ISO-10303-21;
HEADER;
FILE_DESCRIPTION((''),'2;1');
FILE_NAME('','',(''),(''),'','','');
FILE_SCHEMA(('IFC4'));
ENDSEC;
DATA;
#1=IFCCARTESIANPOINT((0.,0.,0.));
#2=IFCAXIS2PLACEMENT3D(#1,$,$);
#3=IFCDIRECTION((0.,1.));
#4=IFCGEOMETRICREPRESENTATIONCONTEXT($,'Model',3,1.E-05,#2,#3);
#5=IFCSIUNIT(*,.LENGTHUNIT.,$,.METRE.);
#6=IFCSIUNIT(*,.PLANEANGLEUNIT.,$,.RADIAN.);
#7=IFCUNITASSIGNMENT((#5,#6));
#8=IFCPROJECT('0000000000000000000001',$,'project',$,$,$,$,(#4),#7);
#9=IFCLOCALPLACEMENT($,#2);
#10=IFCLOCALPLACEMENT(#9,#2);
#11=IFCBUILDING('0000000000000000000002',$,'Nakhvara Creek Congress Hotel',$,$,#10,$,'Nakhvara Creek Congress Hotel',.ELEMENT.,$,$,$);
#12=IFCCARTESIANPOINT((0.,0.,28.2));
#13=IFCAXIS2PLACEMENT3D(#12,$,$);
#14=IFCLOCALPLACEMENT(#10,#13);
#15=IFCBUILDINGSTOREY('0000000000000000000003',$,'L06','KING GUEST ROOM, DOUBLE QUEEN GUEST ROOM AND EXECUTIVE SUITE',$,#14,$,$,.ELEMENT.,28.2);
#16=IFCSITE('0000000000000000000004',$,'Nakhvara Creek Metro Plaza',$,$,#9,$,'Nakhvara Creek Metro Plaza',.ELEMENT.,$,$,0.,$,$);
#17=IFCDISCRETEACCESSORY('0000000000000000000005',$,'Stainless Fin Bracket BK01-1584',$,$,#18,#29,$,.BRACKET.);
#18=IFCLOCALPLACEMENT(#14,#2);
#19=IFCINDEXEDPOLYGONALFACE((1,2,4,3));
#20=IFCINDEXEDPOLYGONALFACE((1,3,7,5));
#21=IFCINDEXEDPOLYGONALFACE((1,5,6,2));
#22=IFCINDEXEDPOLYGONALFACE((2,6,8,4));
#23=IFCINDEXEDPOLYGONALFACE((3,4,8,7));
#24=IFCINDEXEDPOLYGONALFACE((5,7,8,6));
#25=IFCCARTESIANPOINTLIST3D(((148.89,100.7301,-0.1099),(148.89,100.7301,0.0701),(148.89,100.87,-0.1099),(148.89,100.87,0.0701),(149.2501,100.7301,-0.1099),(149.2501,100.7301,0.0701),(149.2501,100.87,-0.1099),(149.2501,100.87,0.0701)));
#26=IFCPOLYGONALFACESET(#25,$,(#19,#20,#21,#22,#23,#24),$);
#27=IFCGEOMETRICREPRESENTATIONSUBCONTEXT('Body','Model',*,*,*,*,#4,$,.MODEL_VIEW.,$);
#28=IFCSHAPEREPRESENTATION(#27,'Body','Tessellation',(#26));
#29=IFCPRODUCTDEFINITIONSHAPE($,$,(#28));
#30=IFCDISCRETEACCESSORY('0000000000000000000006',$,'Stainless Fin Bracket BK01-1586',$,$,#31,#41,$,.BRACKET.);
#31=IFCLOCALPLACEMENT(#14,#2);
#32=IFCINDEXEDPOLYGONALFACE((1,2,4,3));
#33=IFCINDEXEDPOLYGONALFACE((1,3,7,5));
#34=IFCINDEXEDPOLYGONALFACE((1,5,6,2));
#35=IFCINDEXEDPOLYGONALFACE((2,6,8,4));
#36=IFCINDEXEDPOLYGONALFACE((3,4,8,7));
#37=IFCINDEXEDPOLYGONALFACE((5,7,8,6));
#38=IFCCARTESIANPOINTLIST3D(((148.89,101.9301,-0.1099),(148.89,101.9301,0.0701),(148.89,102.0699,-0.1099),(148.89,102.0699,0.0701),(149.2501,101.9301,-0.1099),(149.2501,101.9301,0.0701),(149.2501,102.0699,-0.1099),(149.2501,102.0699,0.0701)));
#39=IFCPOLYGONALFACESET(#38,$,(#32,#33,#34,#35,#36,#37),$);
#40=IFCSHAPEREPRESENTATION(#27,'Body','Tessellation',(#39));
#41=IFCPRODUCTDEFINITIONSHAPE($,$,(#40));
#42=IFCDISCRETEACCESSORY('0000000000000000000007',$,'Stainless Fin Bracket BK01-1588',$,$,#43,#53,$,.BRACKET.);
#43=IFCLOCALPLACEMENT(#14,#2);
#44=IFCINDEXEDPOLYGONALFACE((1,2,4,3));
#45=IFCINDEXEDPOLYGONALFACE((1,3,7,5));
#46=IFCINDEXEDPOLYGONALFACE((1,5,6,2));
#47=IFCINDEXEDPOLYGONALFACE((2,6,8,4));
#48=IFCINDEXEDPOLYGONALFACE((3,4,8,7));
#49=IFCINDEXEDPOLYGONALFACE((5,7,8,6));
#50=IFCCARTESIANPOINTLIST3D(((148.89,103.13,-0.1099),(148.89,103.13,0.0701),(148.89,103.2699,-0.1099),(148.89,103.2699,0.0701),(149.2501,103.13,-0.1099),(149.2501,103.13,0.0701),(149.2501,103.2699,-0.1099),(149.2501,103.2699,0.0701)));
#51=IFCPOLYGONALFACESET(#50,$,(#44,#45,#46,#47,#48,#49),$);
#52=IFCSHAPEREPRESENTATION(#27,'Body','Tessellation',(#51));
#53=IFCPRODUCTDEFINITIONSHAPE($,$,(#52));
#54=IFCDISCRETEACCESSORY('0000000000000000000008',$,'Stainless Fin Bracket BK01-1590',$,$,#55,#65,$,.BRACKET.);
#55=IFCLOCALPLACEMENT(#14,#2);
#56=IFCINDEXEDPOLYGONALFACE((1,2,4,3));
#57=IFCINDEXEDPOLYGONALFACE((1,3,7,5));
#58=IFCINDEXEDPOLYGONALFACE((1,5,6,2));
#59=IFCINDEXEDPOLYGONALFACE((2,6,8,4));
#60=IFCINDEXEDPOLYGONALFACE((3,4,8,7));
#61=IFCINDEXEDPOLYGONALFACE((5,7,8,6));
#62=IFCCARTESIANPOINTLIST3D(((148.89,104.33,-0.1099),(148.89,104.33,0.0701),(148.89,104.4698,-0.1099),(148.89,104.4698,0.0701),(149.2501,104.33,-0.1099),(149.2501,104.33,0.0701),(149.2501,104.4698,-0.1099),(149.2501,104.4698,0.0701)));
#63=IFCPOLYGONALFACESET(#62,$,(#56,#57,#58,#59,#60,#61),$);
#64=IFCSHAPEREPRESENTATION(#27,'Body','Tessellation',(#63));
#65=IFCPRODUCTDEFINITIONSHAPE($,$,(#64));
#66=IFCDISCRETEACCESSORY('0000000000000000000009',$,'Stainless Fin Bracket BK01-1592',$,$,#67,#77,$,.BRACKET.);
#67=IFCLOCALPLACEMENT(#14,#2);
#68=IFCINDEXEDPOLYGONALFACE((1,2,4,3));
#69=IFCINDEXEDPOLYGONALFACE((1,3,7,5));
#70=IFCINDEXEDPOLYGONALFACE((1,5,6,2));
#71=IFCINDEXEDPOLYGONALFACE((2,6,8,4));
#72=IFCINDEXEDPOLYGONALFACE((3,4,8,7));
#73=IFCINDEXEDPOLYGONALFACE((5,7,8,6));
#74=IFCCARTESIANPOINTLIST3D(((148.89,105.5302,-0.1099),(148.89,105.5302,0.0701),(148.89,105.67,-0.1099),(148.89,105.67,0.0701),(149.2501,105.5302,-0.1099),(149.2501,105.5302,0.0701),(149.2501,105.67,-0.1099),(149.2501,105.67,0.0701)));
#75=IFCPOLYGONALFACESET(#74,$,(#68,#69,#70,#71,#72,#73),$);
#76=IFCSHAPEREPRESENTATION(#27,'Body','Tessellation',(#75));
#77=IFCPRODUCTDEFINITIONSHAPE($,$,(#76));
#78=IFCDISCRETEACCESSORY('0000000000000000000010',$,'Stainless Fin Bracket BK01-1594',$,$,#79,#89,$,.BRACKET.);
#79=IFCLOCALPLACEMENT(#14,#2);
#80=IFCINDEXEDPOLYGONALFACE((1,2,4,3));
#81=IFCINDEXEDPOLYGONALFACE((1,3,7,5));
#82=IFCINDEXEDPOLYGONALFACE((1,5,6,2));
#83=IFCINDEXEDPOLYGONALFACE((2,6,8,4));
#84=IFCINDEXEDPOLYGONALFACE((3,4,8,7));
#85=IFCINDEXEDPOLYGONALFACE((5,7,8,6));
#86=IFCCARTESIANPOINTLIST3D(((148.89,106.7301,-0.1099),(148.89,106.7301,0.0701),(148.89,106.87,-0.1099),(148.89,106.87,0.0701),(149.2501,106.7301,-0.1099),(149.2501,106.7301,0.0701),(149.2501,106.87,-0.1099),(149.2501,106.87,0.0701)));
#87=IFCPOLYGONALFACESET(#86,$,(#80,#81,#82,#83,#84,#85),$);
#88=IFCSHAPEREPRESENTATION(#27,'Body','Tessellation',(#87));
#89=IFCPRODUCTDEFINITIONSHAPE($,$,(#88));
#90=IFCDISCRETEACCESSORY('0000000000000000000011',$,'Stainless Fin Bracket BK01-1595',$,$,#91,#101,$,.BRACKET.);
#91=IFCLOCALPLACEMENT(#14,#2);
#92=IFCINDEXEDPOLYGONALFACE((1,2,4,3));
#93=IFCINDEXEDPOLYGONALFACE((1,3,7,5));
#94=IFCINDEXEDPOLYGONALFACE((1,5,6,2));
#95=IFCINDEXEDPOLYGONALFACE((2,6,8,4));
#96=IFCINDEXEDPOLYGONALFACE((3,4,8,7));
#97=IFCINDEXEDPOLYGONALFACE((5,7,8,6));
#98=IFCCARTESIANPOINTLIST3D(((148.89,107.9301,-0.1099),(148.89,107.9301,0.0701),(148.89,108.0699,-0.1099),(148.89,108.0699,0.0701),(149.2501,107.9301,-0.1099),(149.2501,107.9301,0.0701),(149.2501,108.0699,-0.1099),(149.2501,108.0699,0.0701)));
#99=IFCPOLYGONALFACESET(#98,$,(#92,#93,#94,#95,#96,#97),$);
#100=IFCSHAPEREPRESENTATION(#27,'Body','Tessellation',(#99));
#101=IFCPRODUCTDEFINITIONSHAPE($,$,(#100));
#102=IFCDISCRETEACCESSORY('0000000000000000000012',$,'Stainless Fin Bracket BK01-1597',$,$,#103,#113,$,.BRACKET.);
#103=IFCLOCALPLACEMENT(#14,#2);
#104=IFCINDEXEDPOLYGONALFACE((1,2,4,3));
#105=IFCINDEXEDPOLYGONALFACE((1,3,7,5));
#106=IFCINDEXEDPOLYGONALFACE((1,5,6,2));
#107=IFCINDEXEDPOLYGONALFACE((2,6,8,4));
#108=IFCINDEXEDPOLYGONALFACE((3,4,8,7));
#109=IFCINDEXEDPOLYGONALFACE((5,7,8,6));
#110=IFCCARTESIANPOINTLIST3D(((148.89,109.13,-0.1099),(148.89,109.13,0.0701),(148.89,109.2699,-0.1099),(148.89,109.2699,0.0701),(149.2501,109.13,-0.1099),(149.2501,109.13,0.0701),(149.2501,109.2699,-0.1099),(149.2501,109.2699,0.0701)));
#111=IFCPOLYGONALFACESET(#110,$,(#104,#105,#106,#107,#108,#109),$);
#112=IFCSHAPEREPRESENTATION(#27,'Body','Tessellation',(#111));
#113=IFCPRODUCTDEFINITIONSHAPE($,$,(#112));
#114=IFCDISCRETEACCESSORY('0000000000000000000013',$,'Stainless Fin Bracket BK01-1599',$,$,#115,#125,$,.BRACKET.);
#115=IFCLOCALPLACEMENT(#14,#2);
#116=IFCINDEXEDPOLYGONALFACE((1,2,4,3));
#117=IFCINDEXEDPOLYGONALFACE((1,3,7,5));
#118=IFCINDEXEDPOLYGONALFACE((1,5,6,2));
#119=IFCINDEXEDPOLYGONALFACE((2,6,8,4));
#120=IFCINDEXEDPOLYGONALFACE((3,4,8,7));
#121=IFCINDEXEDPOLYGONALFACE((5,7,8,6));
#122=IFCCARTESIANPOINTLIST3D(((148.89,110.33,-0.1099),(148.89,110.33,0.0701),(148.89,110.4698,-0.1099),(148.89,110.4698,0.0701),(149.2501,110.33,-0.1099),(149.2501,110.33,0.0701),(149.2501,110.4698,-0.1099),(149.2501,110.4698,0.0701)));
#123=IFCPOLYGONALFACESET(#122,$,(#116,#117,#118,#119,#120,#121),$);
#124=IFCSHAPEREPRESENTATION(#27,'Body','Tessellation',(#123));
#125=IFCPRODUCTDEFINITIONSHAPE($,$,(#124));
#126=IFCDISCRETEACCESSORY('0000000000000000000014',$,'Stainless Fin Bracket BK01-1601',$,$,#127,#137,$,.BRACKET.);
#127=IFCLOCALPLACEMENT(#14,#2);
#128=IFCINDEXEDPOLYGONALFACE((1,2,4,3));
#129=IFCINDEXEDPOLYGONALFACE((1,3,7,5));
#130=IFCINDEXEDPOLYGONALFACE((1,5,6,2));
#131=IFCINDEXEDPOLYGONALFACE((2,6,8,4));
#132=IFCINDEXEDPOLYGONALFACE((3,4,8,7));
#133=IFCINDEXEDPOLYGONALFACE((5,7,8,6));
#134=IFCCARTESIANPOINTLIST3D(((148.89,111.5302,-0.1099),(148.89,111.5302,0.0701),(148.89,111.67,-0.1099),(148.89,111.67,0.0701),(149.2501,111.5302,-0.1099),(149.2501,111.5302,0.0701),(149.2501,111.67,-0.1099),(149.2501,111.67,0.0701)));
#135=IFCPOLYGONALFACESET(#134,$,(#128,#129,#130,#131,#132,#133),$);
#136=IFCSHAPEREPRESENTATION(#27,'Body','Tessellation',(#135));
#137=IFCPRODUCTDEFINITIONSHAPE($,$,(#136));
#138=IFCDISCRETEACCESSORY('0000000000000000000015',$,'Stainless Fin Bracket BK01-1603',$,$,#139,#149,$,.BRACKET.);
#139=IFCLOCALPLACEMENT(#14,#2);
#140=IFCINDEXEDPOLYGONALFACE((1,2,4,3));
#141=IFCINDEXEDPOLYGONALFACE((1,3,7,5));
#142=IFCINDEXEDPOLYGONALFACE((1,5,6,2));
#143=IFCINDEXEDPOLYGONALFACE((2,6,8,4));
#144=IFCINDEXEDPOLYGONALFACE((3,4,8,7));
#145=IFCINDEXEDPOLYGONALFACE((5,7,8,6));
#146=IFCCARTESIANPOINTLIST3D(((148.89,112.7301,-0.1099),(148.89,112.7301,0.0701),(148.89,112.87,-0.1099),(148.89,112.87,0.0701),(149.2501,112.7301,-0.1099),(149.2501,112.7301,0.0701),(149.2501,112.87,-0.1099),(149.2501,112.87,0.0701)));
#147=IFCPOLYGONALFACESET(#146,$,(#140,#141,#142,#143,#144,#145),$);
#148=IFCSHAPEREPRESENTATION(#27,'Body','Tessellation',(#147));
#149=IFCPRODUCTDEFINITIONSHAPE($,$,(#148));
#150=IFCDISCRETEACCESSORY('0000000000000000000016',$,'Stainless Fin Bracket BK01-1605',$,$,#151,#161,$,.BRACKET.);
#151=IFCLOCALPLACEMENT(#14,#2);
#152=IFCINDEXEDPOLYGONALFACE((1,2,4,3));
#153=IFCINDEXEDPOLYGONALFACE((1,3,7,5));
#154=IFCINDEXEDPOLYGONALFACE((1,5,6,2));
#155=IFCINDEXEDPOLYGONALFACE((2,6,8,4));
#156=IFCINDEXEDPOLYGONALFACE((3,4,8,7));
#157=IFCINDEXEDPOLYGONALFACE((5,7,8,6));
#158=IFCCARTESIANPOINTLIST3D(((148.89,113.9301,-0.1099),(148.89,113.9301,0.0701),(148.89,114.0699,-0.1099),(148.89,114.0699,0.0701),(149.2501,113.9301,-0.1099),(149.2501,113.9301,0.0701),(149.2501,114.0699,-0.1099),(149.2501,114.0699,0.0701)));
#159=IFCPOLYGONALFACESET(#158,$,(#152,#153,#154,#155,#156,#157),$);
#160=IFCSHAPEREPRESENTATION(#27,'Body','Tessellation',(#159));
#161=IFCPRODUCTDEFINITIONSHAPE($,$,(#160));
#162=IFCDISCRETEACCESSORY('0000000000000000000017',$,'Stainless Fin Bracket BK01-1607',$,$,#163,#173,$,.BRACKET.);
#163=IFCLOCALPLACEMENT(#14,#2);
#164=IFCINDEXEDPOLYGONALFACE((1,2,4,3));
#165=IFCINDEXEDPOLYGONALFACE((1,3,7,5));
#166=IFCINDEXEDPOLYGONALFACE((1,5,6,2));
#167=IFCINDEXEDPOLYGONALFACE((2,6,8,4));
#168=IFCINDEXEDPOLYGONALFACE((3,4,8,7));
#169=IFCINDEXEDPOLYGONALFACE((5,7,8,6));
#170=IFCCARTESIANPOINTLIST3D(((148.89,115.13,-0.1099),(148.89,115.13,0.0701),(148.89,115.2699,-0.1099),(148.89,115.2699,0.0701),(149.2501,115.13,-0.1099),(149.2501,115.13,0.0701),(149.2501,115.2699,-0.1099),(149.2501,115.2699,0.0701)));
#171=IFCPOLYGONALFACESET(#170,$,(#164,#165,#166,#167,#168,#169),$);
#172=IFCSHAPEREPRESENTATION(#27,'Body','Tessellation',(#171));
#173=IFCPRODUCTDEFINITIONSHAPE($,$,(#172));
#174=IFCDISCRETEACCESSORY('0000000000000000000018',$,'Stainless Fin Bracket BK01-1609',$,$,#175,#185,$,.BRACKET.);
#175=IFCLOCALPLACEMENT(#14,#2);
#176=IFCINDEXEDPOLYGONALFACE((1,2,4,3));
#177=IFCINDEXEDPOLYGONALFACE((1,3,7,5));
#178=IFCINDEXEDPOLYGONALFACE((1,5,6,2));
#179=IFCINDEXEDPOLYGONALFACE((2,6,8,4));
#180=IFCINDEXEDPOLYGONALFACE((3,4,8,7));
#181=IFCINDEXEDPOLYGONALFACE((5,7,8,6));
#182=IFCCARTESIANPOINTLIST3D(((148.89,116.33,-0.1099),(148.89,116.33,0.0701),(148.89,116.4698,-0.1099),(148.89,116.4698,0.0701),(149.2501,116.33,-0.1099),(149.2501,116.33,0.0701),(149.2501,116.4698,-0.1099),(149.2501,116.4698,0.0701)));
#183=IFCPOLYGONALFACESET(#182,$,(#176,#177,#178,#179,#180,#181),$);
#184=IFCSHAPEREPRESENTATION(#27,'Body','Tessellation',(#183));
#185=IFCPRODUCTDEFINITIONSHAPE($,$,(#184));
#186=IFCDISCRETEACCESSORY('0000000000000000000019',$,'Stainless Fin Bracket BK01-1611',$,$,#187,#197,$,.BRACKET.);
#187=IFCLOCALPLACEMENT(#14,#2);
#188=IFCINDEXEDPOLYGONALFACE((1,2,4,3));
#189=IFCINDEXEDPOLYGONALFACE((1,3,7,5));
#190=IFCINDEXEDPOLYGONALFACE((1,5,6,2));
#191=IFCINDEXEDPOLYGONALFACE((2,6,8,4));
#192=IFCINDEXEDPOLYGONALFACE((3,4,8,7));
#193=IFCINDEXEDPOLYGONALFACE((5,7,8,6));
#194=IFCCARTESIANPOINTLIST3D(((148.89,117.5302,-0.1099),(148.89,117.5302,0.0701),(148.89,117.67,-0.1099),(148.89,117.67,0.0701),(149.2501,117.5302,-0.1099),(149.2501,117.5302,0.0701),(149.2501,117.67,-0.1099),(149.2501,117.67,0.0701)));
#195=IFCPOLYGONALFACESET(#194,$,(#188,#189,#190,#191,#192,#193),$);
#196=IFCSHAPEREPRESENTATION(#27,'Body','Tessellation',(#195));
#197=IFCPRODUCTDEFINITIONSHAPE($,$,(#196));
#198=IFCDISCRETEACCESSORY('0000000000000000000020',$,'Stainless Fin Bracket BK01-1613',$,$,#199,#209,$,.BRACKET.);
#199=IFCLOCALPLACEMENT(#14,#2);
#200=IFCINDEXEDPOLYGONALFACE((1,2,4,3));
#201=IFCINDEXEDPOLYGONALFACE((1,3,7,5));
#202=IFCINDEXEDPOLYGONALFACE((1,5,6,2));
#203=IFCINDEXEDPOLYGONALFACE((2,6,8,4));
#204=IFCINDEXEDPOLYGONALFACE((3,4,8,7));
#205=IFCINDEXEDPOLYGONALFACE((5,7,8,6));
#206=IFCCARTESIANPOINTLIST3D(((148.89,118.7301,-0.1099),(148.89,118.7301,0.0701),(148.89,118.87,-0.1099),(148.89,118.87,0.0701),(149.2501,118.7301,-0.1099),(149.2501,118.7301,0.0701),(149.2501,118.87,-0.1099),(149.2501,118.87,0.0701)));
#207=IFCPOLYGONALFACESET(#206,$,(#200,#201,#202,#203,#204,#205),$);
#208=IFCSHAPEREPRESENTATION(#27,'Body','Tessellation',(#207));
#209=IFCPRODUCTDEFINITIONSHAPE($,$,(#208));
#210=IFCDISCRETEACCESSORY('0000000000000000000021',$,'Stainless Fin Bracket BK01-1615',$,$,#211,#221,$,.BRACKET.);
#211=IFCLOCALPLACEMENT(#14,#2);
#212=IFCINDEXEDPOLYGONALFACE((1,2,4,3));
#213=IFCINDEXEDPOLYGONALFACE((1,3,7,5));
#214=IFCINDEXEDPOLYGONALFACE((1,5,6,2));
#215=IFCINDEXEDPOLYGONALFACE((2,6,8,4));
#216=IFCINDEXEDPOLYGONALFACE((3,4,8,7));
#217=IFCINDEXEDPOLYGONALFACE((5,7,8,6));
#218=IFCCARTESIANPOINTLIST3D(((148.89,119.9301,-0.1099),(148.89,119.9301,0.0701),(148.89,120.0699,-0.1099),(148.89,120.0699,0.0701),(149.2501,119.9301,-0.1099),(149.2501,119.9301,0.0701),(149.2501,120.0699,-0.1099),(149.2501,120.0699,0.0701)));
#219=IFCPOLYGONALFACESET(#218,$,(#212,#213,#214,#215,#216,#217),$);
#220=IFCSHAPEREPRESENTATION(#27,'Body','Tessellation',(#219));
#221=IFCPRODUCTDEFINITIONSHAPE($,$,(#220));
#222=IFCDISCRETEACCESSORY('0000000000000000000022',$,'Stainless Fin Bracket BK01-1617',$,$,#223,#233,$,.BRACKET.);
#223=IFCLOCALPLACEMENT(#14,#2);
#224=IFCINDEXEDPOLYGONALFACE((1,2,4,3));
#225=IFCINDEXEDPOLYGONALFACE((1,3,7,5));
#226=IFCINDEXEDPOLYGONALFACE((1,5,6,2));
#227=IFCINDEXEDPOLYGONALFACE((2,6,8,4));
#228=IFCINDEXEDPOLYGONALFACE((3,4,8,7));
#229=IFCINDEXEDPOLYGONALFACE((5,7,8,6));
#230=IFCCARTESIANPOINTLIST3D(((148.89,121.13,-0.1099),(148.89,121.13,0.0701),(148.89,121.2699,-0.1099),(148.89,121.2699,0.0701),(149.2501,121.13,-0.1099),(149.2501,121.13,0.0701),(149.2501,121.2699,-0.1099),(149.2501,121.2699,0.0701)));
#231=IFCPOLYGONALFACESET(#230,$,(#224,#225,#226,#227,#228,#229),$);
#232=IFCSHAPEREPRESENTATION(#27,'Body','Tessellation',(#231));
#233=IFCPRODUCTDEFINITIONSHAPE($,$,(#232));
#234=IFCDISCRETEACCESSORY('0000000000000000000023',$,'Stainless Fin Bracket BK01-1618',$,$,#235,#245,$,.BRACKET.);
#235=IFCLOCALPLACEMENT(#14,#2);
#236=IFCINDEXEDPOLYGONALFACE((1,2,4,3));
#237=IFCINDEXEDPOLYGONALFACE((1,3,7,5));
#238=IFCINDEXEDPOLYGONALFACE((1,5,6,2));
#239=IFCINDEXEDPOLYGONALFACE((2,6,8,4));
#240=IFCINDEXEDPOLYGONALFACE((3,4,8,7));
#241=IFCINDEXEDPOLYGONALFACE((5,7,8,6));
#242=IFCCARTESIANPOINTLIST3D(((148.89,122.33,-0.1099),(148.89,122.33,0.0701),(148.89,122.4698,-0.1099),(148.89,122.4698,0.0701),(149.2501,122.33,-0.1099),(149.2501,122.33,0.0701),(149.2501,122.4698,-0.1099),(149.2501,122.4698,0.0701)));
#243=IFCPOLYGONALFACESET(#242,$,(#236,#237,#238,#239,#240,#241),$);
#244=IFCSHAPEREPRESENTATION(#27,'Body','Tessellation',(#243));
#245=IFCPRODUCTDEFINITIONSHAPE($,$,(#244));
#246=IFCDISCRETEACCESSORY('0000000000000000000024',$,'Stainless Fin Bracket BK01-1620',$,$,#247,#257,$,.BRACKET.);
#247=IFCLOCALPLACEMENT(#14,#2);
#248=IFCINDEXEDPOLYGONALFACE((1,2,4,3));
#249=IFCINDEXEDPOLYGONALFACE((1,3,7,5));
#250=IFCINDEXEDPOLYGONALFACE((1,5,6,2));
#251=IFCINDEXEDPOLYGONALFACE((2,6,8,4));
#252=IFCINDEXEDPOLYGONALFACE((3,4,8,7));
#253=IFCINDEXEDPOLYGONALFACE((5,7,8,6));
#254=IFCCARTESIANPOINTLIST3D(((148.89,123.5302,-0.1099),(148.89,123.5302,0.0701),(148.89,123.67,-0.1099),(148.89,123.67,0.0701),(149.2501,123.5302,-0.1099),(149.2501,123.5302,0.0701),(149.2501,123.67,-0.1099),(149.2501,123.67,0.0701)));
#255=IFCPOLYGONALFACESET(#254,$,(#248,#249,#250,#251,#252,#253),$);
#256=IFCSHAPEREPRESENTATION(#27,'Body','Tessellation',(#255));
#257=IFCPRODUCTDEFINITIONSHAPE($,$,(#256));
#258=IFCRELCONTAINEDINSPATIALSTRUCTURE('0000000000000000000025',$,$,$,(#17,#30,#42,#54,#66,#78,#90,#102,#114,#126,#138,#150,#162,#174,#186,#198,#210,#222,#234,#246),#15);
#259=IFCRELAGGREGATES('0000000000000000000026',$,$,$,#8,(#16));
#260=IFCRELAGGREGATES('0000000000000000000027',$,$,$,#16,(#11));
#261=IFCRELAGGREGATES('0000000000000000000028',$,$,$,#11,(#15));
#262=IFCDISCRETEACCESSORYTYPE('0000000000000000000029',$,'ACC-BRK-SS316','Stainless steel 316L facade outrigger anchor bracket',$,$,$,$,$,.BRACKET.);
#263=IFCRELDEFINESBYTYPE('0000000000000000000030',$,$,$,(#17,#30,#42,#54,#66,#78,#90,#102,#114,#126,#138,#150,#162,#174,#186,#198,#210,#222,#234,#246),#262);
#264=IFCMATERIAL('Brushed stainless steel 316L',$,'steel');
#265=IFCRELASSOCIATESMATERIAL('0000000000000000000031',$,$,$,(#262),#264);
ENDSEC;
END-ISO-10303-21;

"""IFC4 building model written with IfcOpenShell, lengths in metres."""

from ifc_helpers import new_model, si_unit, direction, frame, origin, origin_2d, place, context, subcontext, project, spatial, rectangle, extrude, material, type_object, element, save


model = new_model("IFC4")

# Units and contexts
model_context = context("Model", 3, precision=1e-05, world=origin(), true_north=direction((0.0, 1.0)))
body_context = subcontext(model_context, "Body", "Model", "MODEL_VIEW")
ifc_project = project(units=[si_unit("LENGTHUNIT", "METRE"), si_unit("PLANEANGLEUNIT", "RADIAN")], contexts=[model_context])

# Site, building, storey
site_placement = place(None, origin())
site = spatial("IfcSite", under=ifc_project, at=site_placement, Name="Nakhvara Creek Metro Plaza", LongName="Nakhvara Creek Metro Plaza", CompositionType="ELEMENT", RefElevation=0.0)
building_placement = place(site_placement, origin())
building = spatial("IfcBuilding", under=site, at=building_placement, Name="Nakhvara Creek Congress Hotel", LongName="Nakhvara Creek Congress Hotel", CompositionType="ELEMENT")
storey_placement = place(building_placement, frame((0.0, 0.0, 28.2)))
storey = spatial("IfcBuildingStorey", under=building, at=storey_placement, Name="L06", Description="KING GUEST ROOM, DOUBLE QUEEN GUEST ROOM AND EXECUTIVE SUITE", CompositionType="ELEMENT", Elevation=28.2)

# Discrete accessories
ifc_material = material(Name="Brushed stainless steel 316L", Category="steel")
discrete_accessory_type = type_object("IfcDiscreteAccessoryType", Name="ACC-BRK-SS316", Description="Stainless steel 316L facade outrigger anchor bracket", PredefinedType="BRACKET", material=ifc_material)
for number, where, z_axis, x_axis, name in (
    (1, (149.0701, 100.8, -0.1099), (0.0, 0.0, 1.0), (0.0, 1.0, 0.0), "Stainless Fin Bracket BK01-1584"),
    (2, (149.0701, 102.0, -0.1099), (0.0, 0.0, 1.0), (0.0, 1.0, 0.0), "Stainless Fin Bracket BK01-1586"),
    (3, (149.0701, 103.2, -0.1099), (0.0, 0.0, 1.0), (0.0, 1.0, 0.0), "Stainless Fin Bracket BK01-1588"),
    (4, (149.0701, 104.3999, -0.1099), (0.0, 0.0, 1.0), (0.0, 1.0, 0.0), "Stainless Fin Bracket BK01-1590"),
    (5, (149.0701, 105.6001, -0.1099), (0.0, 0.0, 1.0), (0.0, 1.0, 0.0), "Stainless Fin Bracket BK01-1592"),
    (6, (149.0701, 106.8, -0.1099), (0.0, 0.0, 1.0), (0.0, 1.0, 0.0), "Stainless Fin Bracket BK01-1594"),
    (7, (149.0701, 108.0, -0.1099), (0.0, 0.0, 1.0), (0.0, 1.0, 0.0), "Stainless Fin Bracket BK01-1595"),
    (8, (149.0701, 109.2, -0.1099), (0.0, 0.0, 1.0), (0.0, 1.0, 0.0), "Stainless Fin Bracket BK01-1597"),
    (9, (149.0701, 110.3999, -0.1099), (0.0, 0.0, 1.0), (0.0, 1.0, 0.0), "Stainless Fin Bracket BK01-1599"),
    (10, (149.0701, 111.6001, -0.1099), (0.0, 0.0, 1.0), (0.0, 1.0, 0.0), "Stainless Fin Bracket BK01-1601"),
    (11, (149.0701, 112.8, -0.1099), (0.0, 0.0, 1.0), (0.0, 1.0, 0.0), "Stainless Fin Bracket BK01-1603"),
    (12, (149.0701, 114.0, -0.1099), (0.0, 0.0, 1.0), (0.0, 1.0, 0.0), "Stainless Fin Bracket BK01-1605"),
    (13, (149.0701, 115.2, -0.1099), (0.0, 0.0, 1.0), (0.0, 1.0, 0.0), "Stainless Fin Bracket BK01-1607"),
    (14, (149.0701, 116.3999, -0.1099), (0.0, 0.0, 1.0), (0.0, 1.0, 0.0), "Stainless Fin Bracket BK01-1609"),
    (15, (149.0701, 117.6001, -0.1099), (0.0, 0.0, 1.0), (0.0, 1.0, 0.0), "Stainless Fin Bracket BK01-1611"),
    (16, (149.0701, 118.8, -0.1099), (0.0, 0.0, 1.0), (0.0, 1.0, 0.0), "Stainless Fin Bracket BK01-1613"),
    (17, (149.0701, 120.0, -0.1099), (0.0, 0.0, 1.0), (0.0, 1.0, 0.0), "Stainless Fin Bracket BK01-1615"),
    (18, (149.0701, 121.2, -0.1099), (0.0, 0.0, 1.0), (0.0, 1.0, 0.0), "Stainless Fin Bracket BK01-1617"),
    (19, (149.0701, 122.3999, -0.1099), (0.0, 0.0, 1.0), (0.0, 1.0, 0.0), "Stainless Fin Bracket BK01-1618"),
    (20, (149.0701, 123.6001, -0.1099), (0.0, 0.0, 1.0), (0.0, 1.0, 0.0), "Stainless Fin Bracket BK01-1620"),
):
    element("IfcDiscreteAccessory", number, at=place(storey_placement, frame(where, z_axis=z_axis, x_axis=x_axis)), inside=storey, type_object=discrete_accessory_type, Name=name, PredefinedType="BRACKET", context=body_context, shape_type="SweptSolid", body=[
        extrude(rectangle(XDim=0.1399, YDim=0.3601, at=origin_2d()), origin(), (0.0, 0.0, 1.0), 0.1799),
    ])

save(model, "model.ifc")
